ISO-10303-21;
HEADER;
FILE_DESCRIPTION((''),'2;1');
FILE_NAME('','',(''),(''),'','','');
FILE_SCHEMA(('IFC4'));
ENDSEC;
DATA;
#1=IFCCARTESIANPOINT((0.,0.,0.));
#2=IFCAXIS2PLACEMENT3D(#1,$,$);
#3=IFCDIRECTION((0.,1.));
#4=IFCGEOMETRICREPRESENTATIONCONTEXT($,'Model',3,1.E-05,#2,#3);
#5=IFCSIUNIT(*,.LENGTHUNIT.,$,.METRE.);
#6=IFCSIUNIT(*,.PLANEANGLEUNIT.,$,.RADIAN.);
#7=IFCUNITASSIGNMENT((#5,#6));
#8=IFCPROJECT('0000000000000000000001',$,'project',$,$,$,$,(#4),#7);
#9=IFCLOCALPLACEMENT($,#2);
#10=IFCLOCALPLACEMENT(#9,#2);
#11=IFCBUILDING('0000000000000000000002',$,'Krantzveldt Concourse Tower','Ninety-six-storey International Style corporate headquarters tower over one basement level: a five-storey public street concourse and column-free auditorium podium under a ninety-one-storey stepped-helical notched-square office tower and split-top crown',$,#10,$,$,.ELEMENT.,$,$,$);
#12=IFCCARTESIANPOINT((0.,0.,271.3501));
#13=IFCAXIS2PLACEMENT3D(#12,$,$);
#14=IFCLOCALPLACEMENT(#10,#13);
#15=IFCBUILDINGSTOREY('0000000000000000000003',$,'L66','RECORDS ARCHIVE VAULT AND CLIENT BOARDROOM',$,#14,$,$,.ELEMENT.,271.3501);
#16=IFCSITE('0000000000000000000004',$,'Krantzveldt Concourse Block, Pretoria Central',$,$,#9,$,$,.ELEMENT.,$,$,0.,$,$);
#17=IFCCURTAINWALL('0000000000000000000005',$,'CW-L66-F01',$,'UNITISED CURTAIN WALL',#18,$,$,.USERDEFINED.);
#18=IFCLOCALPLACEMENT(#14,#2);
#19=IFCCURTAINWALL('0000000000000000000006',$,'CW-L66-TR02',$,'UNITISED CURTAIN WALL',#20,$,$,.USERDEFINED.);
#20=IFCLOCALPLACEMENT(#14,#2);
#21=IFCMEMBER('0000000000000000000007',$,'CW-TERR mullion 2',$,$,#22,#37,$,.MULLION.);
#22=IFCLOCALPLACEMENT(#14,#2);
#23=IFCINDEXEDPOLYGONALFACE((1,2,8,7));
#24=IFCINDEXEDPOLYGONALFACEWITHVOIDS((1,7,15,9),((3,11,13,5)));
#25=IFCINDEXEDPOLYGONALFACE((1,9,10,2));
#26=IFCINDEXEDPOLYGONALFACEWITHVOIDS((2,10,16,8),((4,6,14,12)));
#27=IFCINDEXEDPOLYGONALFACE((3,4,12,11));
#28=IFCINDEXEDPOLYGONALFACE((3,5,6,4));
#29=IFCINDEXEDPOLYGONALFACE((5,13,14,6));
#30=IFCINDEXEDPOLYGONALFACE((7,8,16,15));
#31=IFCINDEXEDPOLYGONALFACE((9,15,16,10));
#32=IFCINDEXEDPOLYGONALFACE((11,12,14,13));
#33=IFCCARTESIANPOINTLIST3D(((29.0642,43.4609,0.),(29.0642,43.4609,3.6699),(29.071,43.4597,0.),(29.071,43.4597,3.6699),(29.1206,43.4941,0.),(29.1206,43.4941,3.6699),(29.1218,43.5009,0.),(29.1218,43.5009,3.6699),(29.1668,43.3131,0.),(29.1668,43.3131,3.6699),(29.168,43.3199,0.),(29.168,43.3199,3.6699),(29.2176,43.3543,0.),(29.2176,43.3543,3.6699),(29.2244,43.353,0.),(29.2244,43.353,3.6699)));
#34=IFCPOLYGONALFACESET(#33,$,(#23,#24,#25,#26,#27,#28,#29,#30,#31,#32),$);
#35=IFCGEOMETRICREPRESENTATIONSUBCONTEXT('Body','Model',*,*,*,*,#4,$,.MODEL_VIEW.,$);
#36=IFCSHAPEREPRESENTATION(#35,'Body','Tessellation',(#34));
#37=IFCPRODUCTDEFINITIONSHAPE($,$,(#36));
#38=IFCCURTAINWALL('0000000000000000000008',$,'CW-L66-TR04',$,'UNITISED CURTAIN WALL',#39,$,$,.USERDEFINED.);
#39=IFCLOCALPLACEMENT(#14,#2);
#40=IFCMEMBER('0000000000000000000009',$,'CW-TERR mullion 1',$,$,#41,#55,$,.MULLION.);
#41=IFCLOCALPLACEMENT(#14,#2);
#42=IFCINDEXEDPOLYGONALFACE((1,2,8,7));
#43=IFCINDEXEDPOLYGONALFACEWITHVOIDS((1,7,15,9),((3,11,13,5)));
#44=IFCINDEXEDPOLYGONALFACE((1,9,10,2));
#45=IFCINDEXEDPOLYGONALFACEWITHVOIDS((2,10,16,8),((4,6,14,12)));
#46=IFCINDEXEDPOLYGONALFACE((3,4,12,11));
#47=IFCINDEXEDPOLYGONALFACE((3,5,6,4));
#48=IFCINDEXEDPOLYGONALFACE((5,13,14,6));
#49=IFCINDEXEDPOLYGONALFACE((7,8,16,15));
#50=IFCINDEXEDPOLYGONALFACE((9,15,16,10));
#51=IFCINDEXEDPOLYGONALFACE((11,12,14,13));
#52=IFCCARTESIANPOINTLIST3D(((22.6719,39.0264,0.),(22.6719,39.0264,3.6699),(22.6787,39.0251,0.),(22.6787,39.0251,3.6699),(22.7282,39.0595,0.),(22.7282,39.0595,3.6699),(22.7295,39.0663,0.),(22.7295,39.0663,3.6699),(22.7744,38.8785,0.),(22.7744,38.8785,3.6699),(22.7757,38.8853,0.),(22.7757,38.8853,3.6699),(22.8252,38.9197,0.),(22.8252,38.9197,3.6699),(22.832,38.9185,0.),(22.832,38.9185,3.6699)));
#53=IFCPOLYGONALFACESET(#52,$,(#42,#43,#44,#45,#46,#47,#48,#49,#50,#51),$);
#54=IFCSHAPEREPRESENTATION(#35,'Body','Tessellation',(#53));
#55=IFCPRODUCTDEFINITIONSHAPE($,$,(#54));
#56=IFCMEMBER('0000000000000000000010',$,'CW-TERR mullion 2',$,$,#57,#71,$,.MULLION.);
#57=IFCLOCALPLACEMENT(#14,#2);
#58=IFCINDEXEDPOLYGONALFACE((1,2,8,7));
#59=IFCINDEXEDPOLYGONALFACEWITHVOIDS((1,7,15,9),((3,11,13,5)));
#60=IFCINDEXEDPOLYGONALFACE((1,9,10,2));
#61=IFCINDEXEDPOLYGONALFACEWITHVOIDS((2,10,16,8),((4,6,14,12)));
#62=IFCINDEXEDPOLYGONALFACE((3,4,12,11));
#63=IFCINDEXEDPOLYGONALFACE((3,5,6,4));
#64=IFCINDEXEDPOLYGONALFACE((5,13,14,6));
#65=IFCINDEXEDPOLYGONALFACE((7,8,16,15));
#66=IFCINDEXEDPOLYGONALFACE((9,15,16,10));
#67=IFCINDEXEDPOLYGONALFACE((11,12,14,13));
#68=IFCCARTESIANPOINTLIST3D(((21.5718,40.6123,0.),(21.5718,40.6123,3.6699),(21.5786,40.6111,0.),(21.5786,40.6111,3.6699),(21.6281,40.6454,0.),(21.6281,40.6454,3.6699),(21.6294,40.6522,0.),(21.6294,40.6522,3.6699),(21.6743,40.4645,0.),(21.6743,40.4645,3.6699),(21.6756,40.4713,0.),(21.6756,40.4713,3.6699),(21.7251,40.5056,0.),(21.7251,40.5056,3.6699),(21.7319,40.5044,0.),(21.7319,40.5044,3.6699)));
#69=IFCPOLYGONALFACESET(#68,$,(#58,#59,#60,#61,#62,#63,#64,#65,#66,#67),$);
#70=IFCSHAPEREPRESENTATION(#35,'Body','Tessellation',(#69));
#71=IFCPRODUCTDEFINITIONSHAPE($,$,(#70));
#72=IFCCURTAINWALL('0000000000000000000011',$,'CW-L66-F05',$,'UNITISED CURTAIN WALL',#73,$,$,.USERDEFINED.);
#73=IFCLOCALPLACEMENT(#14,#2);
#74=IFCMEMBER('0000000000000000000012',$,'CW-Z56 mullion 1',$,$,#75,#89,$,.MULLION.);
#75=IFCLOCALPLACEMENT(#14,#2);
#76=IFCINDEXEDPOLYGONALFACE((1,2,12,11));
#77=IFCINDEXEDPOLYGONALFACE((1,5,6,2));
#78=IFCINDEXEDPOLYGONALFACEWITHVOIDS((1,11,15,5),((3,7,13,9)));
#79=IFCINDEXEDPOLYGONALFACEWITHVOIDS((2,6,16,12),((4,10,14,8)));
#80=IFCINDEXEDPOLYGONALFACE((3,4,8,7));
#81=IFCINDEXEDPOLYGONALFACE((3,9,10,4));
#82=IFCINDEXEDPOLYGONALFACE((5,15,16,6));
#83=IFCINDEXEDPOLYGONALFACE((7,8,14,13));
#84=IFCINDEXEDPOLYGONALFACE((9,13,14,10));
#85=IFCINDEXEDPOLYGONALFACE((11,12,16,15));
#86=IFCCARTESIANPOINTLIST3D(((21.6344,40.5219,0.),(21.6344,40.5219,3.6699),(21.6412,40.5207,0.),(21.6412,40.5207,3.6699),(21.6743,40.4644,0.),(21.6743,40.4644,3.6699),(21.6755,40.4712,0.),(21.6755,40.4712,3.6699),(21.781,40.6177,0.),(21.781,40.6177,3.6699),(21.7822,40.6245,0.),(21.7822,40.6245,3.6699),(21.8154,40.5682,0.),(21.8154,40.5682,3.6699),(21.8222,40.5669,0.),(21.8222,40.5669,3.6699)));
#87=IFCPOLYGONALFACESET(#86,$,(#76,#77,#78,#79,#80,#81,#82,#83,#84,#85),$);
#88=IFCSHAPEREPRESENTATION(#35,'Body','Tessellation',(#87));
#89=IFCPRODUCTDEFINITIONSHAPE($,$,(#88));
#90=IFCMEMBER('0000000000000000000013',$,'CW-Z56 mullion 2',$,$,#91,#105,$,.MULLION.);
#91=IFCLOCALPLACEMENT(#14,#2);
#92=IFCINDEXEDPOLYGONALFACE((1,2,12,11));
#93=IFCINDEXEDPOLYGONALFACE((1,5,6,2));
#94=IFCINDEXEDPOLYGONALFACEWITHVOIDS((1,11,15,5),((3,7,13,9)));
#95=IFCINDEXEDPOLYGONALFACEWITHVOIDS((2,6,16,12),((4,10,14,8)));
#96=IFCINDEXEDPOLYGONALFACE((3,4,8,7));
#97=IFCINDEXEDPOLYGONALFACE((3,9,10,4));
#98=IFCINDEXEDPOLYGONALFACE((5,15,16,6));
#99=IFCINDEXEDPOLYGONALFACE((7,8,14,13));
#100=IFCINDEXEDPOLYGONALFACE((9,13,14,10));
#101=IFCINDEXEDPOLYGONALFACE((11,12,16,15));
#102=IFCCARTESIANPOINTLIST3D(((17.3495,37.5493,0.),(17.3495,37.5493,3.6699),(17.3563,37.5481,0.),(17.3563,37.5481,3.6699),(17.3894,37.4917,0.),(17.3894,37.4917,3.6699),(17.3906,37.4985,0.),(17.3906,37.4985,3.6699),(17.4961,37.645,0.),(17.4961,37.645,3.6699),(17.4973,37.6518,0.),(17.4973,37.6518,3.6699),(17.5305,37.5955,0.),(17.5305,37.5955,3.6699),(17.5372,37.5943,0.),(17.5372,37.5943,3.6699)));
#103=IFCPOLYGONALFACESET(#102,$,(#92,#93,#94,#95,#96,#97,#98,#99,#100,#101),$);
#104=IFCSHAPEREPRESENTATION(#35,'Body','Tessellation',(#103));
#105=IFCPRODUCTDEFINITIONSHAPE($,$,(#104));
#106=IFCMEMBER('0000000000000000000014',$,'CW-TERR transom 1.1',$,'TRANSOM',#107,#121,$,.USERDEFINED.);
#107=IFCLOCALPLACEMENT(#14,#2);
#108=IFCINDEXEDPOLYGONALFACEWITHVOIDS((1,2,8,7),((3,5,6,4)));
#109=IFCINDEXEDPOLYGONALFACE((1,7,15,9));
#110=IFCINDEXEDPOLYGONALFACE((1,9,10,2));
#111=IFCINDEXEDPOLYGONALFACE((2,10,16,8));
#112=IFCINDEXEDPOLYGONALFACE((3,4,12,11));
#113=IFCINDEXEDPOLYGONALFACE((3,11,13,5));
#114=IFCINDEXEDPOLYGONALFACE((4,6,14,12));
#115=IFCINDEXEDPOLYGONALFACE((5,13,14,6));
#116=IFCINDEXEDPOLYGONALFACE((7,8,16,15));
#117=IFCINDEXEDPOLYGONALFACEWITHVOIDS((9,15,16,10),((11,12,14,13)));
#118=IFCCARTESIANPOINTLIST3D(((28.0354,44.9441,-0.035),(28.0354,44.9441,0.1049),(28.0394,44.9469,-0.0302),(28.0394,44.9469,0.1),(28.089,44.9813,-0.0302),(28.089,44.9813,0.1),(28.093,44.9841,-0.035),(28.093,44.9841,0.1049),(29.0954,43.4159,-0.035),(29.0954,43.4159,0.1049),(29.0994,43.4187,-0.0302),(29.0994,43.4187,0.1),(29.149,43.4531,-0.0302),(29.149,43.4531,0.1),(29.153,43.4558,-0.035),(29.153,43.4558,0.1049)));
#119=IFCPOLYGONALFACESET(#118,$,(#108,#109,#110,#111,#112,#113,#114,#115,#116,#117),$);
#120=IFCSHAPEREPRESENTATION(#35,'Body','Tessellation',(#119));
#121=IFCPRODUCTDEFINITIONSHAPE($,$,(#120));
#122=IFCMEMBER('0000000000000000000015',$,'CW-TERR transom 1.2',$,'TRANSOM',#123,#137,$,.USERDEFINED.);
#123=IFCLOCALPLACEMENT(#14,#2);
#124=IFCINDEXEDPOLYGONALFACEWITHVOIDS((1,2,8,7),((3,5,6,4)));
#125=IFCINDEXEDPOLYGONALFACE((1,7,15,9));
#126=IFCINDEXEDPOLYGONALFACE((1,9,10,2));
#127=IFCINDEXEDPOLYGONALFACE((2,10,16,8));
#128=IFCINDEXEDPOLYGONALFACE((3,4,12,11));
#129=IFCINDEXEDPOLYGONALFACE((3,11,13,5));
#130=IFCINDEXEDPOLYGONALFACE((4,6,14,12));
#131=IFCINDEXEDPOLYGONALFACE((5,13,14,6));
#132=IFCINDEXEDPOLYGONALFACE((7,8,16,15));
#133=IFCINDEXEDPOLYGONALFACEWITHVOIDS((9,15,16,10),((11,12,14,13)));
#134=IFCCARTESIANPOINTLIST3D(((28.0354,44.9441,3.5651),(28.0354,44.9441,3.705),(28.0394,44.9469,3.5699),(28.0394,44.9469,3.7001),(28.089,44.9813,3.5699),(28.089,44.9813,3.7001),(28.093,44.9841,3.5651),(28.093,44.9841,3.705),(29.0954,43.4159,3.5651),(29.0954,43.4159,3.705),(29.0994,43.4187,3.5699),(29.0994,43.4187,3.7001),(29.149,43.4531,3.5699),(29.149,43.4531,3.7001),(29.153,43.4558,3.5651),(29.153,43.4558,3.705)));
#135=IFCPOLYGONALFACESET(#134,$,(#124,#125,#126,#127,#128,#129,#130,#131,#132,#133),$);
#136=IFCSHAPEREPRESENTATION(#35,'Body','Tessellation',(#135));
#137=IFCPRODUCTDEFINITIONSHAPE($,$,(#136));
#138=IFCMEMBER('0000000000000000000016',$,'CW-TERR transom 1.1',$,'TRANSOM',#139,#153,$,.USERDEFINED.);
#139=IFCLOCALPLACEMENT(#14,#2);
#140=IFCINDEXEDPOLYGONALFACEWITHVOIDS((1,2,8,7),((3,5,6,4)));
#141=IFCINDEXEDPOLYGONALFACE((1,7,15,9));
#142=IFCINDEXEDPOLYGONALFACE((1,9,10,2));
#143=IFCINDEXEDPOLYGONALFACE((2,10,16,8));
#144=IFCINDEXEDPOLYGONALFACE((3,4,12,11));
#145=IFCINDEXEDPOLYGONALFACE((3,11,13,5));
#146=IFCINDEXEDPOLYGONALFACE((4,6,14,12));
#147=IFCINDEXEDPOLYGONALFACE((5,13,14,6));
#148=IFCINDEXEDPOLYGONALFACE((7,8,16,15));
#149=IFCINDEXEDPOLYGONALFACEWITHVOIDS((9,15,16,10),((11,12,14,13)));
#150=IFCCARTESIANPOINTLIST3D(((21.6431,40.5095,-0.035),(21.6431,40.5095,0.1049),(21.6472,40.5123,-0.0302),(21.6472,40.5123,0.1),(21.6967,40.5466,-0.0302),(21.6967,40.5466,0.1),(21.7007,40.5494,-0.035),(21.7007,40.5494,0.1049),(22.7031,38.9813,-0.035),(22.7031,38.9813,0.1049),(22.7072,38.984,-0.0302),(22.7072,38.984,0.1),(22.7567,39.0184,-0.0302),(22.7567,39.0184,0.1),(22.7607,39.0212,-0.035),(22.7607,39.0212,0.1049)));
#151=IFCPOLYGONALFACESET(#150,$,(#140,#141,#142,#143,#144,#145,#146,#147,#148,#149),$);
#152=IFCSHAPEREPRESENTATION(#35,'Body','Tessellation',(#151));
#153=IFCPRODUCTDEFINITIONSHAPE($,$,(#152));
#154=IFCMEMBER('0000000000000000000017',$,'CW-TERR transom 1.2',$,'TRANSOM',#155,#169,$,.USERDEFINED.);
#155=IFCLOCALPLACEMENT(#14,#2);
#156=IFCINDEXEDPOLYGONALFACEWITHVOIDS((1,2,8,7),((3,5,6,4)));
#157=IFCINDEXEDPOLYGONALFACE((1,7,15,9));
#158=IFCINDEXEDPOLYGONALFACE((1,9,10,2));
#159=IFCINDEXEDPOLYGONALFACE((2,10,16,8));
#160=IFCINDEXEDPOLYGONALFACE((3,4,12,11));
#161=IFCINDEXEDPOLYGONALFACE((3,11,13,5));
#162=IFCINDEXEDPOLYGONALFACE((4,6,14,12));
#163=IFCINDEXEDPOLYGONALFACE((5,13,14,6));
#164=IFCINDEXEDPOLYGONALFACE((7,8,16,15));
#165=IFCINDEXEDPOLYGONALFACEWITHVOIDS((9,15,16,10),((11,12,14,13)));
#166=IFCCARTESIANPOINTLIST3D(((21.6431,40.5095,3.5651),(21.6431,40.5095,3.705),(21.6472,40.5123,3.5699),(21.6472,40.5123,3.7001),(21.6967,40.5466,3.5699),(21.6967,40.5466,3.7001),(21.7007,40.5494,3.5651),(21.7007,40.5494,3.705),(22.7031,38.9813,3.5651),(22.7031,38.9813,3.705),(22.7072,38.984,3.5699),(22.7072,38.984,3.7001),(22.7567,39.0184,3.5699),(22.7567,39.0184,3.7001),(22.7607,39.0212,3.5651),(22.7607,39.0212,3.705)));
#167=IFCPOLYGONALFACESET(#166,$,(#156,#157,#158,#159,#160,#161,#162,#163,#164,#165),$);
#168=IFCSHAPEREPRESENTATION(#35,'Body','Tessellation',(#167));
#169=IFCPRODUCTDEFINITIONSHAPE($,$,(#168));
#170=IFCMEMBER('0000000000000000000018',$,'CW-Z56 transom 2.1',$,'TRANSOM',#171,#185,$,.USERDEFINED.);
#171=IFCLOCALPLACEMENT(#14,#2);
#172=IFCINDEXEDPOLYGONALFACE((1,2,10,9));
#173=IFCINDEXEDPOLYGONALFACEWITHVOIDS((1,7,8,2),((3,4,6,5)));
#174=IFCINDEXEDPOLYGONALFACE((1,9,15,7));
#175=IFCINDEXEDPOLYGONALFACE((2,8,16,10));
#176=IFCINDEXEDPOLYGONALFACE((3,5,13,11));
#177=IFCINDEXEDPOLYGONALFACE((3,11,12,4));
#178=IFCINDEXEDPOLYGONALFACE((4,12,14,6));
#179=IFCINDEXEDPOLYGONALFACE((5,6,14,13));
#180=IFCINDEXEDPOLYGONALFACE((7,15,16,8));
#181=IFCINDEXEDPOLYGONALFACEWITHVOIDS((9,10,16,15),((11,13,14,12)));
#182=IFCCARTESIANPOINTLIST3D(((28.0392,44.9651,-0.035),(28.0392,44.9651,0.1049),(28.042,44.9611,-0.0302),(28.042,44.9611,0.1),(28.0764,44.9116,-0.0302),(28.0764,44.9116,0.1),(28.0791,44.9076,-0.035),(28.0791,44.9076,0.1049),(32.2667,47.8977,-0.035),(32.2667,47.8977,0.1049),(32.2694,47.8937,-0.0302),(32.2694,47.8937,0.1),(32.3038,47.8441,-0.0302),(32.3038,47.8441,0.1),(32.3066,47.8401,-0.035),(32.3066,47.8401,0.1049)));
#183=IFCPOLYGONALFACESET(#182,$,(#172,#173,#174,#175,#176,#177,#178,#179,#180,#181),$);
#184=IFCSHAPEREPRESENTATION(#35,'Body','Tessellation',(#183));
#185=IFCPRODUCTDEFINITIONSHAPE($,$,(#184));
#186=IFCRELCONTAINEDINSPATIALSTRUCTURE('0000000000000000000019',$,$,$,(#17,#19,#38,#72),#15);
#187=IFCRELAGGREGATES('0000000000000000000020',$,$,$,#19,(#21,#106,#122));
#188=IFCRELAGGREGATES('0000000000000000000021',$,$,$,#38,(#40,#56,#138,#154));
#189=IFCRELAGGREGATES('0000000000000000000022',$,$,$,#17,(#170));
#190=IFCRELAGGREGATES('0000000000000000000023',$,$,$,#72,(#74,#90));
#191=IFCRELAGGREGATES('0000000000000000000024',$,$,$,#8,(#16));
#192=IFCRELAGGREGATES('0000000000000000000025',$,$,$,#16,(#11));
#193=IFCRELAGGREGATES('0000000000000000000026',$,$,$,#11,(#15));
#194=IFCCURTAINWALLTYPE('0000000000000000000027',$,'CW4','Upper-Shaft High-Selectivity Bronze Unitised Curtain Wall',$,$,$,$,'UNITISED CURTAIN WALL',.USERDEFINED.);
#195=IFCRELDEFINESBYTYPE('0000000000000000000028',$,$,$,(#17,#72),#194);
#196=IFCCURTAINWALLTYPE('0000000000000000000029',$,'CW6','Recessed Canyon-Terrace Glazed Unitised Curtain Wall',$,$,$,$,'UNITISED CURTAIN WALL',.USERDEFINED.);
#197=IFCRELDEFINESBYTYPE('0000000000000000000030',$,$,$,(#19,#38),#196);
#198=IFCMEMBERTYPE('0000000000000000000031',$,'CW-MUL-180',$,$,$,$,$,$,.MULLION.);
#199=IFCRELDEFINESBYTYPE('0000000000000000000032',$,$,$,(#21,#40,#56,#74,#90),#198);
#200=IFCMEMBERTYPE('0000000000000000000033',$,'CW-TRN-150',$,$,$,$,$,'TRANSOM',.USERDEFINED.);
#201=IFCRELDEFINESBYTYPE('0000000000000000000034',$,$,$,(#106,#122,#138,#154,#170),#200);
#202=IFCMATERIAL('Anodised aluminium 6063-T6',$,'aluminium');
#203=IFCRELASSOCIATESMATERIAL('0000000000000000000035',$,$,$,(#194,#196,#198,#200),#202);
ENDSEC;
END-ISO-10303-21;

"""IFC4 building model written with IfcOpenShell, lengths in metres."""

from ifc_helpers import new_model, si_unit, direction, frame, origin, origin_2d, place, context, subcontext, project, spatial, hollow_rectangle, extrude, source, transform, mapped, material, material_profile, profile_set, type_object, type_shapes, element, aggregate, save


model = new_model("IFC4")

# Units and contexts
model_context = context("Model", 3, precision=1e-05, world=origin(), true_north=direction((0.0, 1.0)))
body_context = subcontext(model_context, "Body", "Model", "MODEL_VIEW")
ifc_project = project(units=[si_unit("LENGTHUNIT", "METRE"), si_unit("PLANEANGLEUNIT", "RADIAN")], contexts=[model_context])

# Site, building, storey
site_placement = place(None, origin())
site = spatial("IfcSite", under=ifc_project, at=site_placement, Name="Krantzveldt Concourse Block, Pretoria Central", CompositionType="ELEMENT", RefElevation=0.0)
building_placement = place(site_placement, origin())
building = spatial("IfcBuilding", under=site, at=building_placement, Name="Krantzveldt Concourse Tower", Description="Ninety-six-storey International Style corporate headquarters tower over one basement level: a five-storey public street concourse and column-free auditorium podium under a ninety-one-storey stepped-helical notched-square office tower and split-top crown", CompositionType="ELEMENT")
storey_placement = place(building_placement, frame((0.0, 0.0, 271.3501)))
storey = spatial("IfcBuildingStorey", under=building, at=storey_placement, Name="L66", Description="RECORDS ARCHIVE VAULT AND CLIENT BOARDROOM", CompositionType="ELEMENT", Elevation=271.3501)

# Curtain walls, members
ifc_material_1 = material(Name="Anodised aluminium 6063-T6", Category="aluminium")
curtain_wall_type_1 = type_object("IfcCurtainWallType", Name="CW4", Description="Upper-Shaft High-Selectivity Bronze Unitised Curtain Wall", ElementType="UNITISED CURTAIN WALL", PredefinedType="USERDEFINED", material=ifc_material_1)
curtain_wall_1_placement = place(storey_placement, origin())
curtain_wall_1 = element("IfcCurtainWall", 1, at=curtain_wall_1_placement, inside=storey, type_object=curtain_wall_type_1, Name="CW-L66-F01", ObjectType="UNITISED CURTAIN WALL", PredefinedType="USERDEFINED")
ifc_material_profile_1 = material_profile(ifc_material_1, hollow_rectangle(XDim=0.0701, YDim=0.1799, WallThickness=0.0049, at=origin_2d()), Name="Anodised aluminium 6063-T6", Category="aluminium")
ifc_profile_set_1 = profile_set([ifc_material_profile_1], Name="Anodised aluminium 6063-T6 - ALU-MULL 180x70x5")
member_type_1 = type_object("IfcMemberType", Name="CW-MUL-180", PredefinedType="MULLION", material=ifc_profile_set_1)
shared_shape_1 = source(origin(), body_context, "Body", "SweptSolid", [
    extrude(hollow_rectangle(XDim=0.0701, YDim=0.1799, WallThickness=0.0049, at=origin_2d()), origin(), (0.0, 0.0, 1.0), 3.6699),
])
type_shapes(member_type_1, [shared_shape_1])
curtain_wall_type_2 = type_object("IfcCurtainWallType", Name="CW6", Description="Recessed Canyon-Terrace Glazed Unitised Curtain Wall", ElementType="UNITISED CURTAIN WALL", PredefinedType="USERDEFINED", material=ifc_material_1)
curtain_wall_2_placement = place(storey_placement, origin())
curtain_wall_2 = element("IfcCurtainWall", 2, at=curtain_wall_2_placement, inside=storey, type_object=curtain_wall_type_2, Name="CW-L66-TR02", ObjectType="UNITISED CURTAIN WALL", PredefinedType="USERDEFINED")
member_1_placement = place(storey_placement, frame((29.1443, 43.407, 0.0), z_axis=(0.0, 0.0, 1.0), x_axis=(0.821646, 0.569998, 0.0)))
member_1 = element("IfcMember", 3, at=member_1_placement, type_object=member_type_1, Name="CW-TERR mullion 2", PredefinedType="MULLION", context=body_context, shape_type="MappedRepresentation", body=[
    mapped(shared_shape_1, transform((0.0, 0.0, 0.0), x_axis=(1.0, 0.0, 0.0), y_axis=(0.0, 1.0, 0.0), z_axis=(0.0, 0.0, 1.0), scale=1.0)),
])
curtain_wall_3_placement = place(storey_placement, origin())
curtain_wall_3 = element("IfcCurtainWall", 4, at=curtain_wall_3_placement, inside=storey, type_object=curtain_wall_type_2, Name="CW-L66-TR04", ObjectType="UNITISED CURTAIN WALL", PredefinedType="USERDEFINED")
member_2_placement = place(storey_placement, frame((22.752, 38.9724, 0.0), z_axis=(0.0, 0.0, 1.0), x_axis=(-0.821647, -0.569996, 0.0)))
member_2 = element("IfcMember", 5, at=member_2_placement, type_object=member_type_1, Name="CW-TERR mullion 1", PredefinedType="MULLION", context=body_context, shape_type="MappedRepresentation", body=[
    mapped(shared_shape_1, transform((0.0, 0.0, 0.0), x_axis=(1.0, 0.0, 0.0), y_axis=(0.0, 1.0, 0.0), z_axis=(0.0, 0.0, 1.0), scale=1.0)),
])
member_3_placement = place(storey_placement, frame((21.6519, 40.5583, 0.0), z_axis=(0.0, 0.0, 1.0), x_axis=(-0.821647, -0.569996, 0.0)))
member_3 = element("IfcMember", 6, at=member_3_placement, type_object=member_type_1, Name="CW-TERR mullion 2", PredefinedType="MULLION", context=body_context, shape_type="MappedRepresentation", body=[
    mapped(shared_shape_1, transform((0.0, 0.0, 0.0), x_axis=(1.0, 0.0, 0.0), y_axis=(0.0, 1.0, 0.0), z_axis=(0.0, 0.0, 1.0), scale=1.0)),
])
curtain_wall_4_placement = place(storey_placement, origin())
curtain_wall_4 = element("IfcCurtainWall", 7, at=curtain_wall_4_placement, inside=storey, type_object=curtain_wall_type_1, Name="CW-L66-F05", ObjectType="UNITISED CURTAIN WALL", PredefinedType="USERDEFINED")
member_4_placement = place(storey_placement, frame((21.7283, 40.5444, 0.0), z_axis=(0.0, 0.0, 1.0), x_axis=(0.569996, -0.821647, 0.0)))
member_4 = element("IfcMember", 8, at=member_4_placement, type_object=member_type_1, Name="CW-Z56 mullion 1", PredefinedType="MULLION", context=body_context, shape_type="MappedRepresentation", body=[
    mapped(shared_shape_1, transform((0.0, 0.0, 0.0), x_axis=(1.0, 0.0, 0.0), y_axis=(0.0, 1.0, 0.0), z_axis=(0.0, 0.0, 1.0), scale=1.0)),
])
member_5_placement = place(storey_placement, frame((17.4434, 37.5718, 0.0), z_axis=(0.0, 0.0, 1.0), x_axis=(0.569996, -0.821647, 0.0)))
member_5 = element("IfcMember", 9, at=member_5_placement, type_object=member_type_1, Name="CW-Z56 mullion 2", PredefinedType="MULLION", context=body_context, shape_type="MappedRepresentation", body=[
    mapped(shared_shape_1, transform((0.0, 0.0, 0.0), x_axis=(1.0, 0.0, 0.0), y_axis=(0.0, 1.0, 0.0), z_axis=(0.0, 0.0, 1.0), scale=1.0)),
])

# Members
ifc_material_profile_2 = material_profile(ifc_material_1, hollow_rectangle(XDim=0.0701, YDim=0.1399, WallThickness=0.0049, at=origin_2d()), Name="Anodised aluminium 6063-T6", Category="aluminium")
ifc_profile_set_2 = profile_set([ifc_material_profile_2], Name="Anodised aluminium 6063-T6 - ALU-TRAN 140x70x5")
member_type_2 = type_object("IfcMemberType", Name="CW-TRN-150", ElementType="TRANSOM", PredefinedType="USERDEFINED", material=ifc_profile_set_2)
shared_shape_2 = source(origin(), body_context, "Body", "SweptSolid", [
    extrude(hollow_rectangle(XDim=0.0701, YDim=0.1399, WallThickness=0.0049, at=origin_2d()), origin(), (0.0, 0.0, 1.0), 1.8599),
])
member_6_placement = place(storey_placement, frame((28.0642, 44.9641, 0.0349), z_axis=(0.569933, -0.821691, 0.0), x_axis=(0.821691, 0.569933, 0.0)))
member_6 = element("IfcMember", 10, at=member_6_placement, type_object=member_type_2, Name="CW-TERR transom 1.1", ObjectType="TRANSOM", PredefinedType="USERDEFINED", context=body_context, shape_type="MappedRepresentation", body=[
    mapped(shared_shape_2, transform((0.0, 0.0, 0.0), x_axis=(1.0, 0.0, 0.0), y_axis=(0.0, 1.0, 0.0), z_axis=(0.0, 0.0, 1.0), scale=1.0)),
])
member_7_placement = place(storey_placement, frame((28.0642, 44.9641, 3.635), z_axis=(0.569933, -0.821691, 0.0), x_axis=(0.821691, 0.569933, 0.0)))
member_7 = element("IfcMember", 11, at=member_7_placement, type_object=member_type_2, Name="CW-TERR transom 1.2", ObjectType="TRANSOM", PredefinedType="USERDEFINED", context=body_context, shape_type="MappedRepresentation", body=[
    mapped(shared_shape_2, transform((0.0, 0.0, 0.0), x_axis=(1.0, 0.0, 0.0), y_axis=(0.0, 1.0, 0.0), z_axis=(0.0, 0.0, 1.0), scale=1.0)),
])
member_8_placement = place(storey_placement, frame((22.7319, 39.0012, 0.0349), z_axis=(-0.569933, 0.821691, 0.0), x_axis=(-0.821691, -0.569933, 0.0)))
member_8 = element("IfcMember", 12, at=member_8_placement, type_object=member_type_2, Name="CW-TERR transom 1.1", ObjectType="TRANSOM", PredefinedType="USERDEFINED", context=body_context, shape_type="MappedRepresentation", body=[
    mapped(shared_shape_2, transform((0.0, 0.0, 0.0), x_axis=(1.0, 0.0, 0.0), y_axis=(0.0, 1.0, 0.0), z_axis=(0.0, 0.0, 1.0), scale=1.0)),
])
member_9_placement = place(storey_placement, frame((22.7319, 39.0012, 3.635), z_axis=(-0.569933, 0.821691, 0.0), x_axis=(-0.821691, -0.569933, 0.0)))
member_9 = element("IfcMember", 13, at=member_9_placement, type_object=member_type_2, Name="CW-TERR transom 1.2", ObjectType="TRANSOM", PredefinedType="USERDEFINED", context=body_context, shape_type="MappedRepresentation", body=[
    mapped(shared_shape_2, transform((0.0, 0.0, 0.0), x_axis=(1.0, 0.0, 0.0), y_axis=(0.0, 1.0, 0.0), z_axis=(0.0, 0.0, 1.0), scale=1.0)),
])
shared_shape_3 = source(origin(), body_context, "Body", "SweptSolid", [
    extrude(hollow_rectangle(XDim=0.0701, YDim=0.1399, WallThickness=0.0049, at=origin_2d()), origin(), (0.0, 0.0, 1.0), 5.145),
])
type_shapes(member_type_2, [shared_shape_2, shared_shape_3])
member_10_placement = place(storey_placement, frame((32.2866, 47.8689, 0.0349), z_axis=(-0.821659, -0.56998, 0.0), x_axis=(0.56998, -0.821659, 0.0)))
member_10 = element("IfcMember", 14, at=member_10_placement, type_object=member_type_2, Name="CW-Z56 transom 2.1", ObjectType="TRANSOM", PredefinedType="USERDEFINED", context=body_context, shape_type="MappedRepresentation", body=[
    mapped(shared_shape_3, transform((0.0, 0.0, 0.0), x_axis=(1.0, 0.0, 0.0), y_axis=(0.0, 1.0, 0.0), z_axis=(0.0, 0.0, 1.0), scale=1.0)),
])

aggregate(curtain_wall_2, [member_1, member_6, member_7])
aggregate(curtain_wall_3, [member_2, member_3, member_8, member_9])
aggregate(curtain_wall_1, [member_10])
aggregate(curtain_wall_4, [member_4, member_5])

save(model, "model.ifc")
